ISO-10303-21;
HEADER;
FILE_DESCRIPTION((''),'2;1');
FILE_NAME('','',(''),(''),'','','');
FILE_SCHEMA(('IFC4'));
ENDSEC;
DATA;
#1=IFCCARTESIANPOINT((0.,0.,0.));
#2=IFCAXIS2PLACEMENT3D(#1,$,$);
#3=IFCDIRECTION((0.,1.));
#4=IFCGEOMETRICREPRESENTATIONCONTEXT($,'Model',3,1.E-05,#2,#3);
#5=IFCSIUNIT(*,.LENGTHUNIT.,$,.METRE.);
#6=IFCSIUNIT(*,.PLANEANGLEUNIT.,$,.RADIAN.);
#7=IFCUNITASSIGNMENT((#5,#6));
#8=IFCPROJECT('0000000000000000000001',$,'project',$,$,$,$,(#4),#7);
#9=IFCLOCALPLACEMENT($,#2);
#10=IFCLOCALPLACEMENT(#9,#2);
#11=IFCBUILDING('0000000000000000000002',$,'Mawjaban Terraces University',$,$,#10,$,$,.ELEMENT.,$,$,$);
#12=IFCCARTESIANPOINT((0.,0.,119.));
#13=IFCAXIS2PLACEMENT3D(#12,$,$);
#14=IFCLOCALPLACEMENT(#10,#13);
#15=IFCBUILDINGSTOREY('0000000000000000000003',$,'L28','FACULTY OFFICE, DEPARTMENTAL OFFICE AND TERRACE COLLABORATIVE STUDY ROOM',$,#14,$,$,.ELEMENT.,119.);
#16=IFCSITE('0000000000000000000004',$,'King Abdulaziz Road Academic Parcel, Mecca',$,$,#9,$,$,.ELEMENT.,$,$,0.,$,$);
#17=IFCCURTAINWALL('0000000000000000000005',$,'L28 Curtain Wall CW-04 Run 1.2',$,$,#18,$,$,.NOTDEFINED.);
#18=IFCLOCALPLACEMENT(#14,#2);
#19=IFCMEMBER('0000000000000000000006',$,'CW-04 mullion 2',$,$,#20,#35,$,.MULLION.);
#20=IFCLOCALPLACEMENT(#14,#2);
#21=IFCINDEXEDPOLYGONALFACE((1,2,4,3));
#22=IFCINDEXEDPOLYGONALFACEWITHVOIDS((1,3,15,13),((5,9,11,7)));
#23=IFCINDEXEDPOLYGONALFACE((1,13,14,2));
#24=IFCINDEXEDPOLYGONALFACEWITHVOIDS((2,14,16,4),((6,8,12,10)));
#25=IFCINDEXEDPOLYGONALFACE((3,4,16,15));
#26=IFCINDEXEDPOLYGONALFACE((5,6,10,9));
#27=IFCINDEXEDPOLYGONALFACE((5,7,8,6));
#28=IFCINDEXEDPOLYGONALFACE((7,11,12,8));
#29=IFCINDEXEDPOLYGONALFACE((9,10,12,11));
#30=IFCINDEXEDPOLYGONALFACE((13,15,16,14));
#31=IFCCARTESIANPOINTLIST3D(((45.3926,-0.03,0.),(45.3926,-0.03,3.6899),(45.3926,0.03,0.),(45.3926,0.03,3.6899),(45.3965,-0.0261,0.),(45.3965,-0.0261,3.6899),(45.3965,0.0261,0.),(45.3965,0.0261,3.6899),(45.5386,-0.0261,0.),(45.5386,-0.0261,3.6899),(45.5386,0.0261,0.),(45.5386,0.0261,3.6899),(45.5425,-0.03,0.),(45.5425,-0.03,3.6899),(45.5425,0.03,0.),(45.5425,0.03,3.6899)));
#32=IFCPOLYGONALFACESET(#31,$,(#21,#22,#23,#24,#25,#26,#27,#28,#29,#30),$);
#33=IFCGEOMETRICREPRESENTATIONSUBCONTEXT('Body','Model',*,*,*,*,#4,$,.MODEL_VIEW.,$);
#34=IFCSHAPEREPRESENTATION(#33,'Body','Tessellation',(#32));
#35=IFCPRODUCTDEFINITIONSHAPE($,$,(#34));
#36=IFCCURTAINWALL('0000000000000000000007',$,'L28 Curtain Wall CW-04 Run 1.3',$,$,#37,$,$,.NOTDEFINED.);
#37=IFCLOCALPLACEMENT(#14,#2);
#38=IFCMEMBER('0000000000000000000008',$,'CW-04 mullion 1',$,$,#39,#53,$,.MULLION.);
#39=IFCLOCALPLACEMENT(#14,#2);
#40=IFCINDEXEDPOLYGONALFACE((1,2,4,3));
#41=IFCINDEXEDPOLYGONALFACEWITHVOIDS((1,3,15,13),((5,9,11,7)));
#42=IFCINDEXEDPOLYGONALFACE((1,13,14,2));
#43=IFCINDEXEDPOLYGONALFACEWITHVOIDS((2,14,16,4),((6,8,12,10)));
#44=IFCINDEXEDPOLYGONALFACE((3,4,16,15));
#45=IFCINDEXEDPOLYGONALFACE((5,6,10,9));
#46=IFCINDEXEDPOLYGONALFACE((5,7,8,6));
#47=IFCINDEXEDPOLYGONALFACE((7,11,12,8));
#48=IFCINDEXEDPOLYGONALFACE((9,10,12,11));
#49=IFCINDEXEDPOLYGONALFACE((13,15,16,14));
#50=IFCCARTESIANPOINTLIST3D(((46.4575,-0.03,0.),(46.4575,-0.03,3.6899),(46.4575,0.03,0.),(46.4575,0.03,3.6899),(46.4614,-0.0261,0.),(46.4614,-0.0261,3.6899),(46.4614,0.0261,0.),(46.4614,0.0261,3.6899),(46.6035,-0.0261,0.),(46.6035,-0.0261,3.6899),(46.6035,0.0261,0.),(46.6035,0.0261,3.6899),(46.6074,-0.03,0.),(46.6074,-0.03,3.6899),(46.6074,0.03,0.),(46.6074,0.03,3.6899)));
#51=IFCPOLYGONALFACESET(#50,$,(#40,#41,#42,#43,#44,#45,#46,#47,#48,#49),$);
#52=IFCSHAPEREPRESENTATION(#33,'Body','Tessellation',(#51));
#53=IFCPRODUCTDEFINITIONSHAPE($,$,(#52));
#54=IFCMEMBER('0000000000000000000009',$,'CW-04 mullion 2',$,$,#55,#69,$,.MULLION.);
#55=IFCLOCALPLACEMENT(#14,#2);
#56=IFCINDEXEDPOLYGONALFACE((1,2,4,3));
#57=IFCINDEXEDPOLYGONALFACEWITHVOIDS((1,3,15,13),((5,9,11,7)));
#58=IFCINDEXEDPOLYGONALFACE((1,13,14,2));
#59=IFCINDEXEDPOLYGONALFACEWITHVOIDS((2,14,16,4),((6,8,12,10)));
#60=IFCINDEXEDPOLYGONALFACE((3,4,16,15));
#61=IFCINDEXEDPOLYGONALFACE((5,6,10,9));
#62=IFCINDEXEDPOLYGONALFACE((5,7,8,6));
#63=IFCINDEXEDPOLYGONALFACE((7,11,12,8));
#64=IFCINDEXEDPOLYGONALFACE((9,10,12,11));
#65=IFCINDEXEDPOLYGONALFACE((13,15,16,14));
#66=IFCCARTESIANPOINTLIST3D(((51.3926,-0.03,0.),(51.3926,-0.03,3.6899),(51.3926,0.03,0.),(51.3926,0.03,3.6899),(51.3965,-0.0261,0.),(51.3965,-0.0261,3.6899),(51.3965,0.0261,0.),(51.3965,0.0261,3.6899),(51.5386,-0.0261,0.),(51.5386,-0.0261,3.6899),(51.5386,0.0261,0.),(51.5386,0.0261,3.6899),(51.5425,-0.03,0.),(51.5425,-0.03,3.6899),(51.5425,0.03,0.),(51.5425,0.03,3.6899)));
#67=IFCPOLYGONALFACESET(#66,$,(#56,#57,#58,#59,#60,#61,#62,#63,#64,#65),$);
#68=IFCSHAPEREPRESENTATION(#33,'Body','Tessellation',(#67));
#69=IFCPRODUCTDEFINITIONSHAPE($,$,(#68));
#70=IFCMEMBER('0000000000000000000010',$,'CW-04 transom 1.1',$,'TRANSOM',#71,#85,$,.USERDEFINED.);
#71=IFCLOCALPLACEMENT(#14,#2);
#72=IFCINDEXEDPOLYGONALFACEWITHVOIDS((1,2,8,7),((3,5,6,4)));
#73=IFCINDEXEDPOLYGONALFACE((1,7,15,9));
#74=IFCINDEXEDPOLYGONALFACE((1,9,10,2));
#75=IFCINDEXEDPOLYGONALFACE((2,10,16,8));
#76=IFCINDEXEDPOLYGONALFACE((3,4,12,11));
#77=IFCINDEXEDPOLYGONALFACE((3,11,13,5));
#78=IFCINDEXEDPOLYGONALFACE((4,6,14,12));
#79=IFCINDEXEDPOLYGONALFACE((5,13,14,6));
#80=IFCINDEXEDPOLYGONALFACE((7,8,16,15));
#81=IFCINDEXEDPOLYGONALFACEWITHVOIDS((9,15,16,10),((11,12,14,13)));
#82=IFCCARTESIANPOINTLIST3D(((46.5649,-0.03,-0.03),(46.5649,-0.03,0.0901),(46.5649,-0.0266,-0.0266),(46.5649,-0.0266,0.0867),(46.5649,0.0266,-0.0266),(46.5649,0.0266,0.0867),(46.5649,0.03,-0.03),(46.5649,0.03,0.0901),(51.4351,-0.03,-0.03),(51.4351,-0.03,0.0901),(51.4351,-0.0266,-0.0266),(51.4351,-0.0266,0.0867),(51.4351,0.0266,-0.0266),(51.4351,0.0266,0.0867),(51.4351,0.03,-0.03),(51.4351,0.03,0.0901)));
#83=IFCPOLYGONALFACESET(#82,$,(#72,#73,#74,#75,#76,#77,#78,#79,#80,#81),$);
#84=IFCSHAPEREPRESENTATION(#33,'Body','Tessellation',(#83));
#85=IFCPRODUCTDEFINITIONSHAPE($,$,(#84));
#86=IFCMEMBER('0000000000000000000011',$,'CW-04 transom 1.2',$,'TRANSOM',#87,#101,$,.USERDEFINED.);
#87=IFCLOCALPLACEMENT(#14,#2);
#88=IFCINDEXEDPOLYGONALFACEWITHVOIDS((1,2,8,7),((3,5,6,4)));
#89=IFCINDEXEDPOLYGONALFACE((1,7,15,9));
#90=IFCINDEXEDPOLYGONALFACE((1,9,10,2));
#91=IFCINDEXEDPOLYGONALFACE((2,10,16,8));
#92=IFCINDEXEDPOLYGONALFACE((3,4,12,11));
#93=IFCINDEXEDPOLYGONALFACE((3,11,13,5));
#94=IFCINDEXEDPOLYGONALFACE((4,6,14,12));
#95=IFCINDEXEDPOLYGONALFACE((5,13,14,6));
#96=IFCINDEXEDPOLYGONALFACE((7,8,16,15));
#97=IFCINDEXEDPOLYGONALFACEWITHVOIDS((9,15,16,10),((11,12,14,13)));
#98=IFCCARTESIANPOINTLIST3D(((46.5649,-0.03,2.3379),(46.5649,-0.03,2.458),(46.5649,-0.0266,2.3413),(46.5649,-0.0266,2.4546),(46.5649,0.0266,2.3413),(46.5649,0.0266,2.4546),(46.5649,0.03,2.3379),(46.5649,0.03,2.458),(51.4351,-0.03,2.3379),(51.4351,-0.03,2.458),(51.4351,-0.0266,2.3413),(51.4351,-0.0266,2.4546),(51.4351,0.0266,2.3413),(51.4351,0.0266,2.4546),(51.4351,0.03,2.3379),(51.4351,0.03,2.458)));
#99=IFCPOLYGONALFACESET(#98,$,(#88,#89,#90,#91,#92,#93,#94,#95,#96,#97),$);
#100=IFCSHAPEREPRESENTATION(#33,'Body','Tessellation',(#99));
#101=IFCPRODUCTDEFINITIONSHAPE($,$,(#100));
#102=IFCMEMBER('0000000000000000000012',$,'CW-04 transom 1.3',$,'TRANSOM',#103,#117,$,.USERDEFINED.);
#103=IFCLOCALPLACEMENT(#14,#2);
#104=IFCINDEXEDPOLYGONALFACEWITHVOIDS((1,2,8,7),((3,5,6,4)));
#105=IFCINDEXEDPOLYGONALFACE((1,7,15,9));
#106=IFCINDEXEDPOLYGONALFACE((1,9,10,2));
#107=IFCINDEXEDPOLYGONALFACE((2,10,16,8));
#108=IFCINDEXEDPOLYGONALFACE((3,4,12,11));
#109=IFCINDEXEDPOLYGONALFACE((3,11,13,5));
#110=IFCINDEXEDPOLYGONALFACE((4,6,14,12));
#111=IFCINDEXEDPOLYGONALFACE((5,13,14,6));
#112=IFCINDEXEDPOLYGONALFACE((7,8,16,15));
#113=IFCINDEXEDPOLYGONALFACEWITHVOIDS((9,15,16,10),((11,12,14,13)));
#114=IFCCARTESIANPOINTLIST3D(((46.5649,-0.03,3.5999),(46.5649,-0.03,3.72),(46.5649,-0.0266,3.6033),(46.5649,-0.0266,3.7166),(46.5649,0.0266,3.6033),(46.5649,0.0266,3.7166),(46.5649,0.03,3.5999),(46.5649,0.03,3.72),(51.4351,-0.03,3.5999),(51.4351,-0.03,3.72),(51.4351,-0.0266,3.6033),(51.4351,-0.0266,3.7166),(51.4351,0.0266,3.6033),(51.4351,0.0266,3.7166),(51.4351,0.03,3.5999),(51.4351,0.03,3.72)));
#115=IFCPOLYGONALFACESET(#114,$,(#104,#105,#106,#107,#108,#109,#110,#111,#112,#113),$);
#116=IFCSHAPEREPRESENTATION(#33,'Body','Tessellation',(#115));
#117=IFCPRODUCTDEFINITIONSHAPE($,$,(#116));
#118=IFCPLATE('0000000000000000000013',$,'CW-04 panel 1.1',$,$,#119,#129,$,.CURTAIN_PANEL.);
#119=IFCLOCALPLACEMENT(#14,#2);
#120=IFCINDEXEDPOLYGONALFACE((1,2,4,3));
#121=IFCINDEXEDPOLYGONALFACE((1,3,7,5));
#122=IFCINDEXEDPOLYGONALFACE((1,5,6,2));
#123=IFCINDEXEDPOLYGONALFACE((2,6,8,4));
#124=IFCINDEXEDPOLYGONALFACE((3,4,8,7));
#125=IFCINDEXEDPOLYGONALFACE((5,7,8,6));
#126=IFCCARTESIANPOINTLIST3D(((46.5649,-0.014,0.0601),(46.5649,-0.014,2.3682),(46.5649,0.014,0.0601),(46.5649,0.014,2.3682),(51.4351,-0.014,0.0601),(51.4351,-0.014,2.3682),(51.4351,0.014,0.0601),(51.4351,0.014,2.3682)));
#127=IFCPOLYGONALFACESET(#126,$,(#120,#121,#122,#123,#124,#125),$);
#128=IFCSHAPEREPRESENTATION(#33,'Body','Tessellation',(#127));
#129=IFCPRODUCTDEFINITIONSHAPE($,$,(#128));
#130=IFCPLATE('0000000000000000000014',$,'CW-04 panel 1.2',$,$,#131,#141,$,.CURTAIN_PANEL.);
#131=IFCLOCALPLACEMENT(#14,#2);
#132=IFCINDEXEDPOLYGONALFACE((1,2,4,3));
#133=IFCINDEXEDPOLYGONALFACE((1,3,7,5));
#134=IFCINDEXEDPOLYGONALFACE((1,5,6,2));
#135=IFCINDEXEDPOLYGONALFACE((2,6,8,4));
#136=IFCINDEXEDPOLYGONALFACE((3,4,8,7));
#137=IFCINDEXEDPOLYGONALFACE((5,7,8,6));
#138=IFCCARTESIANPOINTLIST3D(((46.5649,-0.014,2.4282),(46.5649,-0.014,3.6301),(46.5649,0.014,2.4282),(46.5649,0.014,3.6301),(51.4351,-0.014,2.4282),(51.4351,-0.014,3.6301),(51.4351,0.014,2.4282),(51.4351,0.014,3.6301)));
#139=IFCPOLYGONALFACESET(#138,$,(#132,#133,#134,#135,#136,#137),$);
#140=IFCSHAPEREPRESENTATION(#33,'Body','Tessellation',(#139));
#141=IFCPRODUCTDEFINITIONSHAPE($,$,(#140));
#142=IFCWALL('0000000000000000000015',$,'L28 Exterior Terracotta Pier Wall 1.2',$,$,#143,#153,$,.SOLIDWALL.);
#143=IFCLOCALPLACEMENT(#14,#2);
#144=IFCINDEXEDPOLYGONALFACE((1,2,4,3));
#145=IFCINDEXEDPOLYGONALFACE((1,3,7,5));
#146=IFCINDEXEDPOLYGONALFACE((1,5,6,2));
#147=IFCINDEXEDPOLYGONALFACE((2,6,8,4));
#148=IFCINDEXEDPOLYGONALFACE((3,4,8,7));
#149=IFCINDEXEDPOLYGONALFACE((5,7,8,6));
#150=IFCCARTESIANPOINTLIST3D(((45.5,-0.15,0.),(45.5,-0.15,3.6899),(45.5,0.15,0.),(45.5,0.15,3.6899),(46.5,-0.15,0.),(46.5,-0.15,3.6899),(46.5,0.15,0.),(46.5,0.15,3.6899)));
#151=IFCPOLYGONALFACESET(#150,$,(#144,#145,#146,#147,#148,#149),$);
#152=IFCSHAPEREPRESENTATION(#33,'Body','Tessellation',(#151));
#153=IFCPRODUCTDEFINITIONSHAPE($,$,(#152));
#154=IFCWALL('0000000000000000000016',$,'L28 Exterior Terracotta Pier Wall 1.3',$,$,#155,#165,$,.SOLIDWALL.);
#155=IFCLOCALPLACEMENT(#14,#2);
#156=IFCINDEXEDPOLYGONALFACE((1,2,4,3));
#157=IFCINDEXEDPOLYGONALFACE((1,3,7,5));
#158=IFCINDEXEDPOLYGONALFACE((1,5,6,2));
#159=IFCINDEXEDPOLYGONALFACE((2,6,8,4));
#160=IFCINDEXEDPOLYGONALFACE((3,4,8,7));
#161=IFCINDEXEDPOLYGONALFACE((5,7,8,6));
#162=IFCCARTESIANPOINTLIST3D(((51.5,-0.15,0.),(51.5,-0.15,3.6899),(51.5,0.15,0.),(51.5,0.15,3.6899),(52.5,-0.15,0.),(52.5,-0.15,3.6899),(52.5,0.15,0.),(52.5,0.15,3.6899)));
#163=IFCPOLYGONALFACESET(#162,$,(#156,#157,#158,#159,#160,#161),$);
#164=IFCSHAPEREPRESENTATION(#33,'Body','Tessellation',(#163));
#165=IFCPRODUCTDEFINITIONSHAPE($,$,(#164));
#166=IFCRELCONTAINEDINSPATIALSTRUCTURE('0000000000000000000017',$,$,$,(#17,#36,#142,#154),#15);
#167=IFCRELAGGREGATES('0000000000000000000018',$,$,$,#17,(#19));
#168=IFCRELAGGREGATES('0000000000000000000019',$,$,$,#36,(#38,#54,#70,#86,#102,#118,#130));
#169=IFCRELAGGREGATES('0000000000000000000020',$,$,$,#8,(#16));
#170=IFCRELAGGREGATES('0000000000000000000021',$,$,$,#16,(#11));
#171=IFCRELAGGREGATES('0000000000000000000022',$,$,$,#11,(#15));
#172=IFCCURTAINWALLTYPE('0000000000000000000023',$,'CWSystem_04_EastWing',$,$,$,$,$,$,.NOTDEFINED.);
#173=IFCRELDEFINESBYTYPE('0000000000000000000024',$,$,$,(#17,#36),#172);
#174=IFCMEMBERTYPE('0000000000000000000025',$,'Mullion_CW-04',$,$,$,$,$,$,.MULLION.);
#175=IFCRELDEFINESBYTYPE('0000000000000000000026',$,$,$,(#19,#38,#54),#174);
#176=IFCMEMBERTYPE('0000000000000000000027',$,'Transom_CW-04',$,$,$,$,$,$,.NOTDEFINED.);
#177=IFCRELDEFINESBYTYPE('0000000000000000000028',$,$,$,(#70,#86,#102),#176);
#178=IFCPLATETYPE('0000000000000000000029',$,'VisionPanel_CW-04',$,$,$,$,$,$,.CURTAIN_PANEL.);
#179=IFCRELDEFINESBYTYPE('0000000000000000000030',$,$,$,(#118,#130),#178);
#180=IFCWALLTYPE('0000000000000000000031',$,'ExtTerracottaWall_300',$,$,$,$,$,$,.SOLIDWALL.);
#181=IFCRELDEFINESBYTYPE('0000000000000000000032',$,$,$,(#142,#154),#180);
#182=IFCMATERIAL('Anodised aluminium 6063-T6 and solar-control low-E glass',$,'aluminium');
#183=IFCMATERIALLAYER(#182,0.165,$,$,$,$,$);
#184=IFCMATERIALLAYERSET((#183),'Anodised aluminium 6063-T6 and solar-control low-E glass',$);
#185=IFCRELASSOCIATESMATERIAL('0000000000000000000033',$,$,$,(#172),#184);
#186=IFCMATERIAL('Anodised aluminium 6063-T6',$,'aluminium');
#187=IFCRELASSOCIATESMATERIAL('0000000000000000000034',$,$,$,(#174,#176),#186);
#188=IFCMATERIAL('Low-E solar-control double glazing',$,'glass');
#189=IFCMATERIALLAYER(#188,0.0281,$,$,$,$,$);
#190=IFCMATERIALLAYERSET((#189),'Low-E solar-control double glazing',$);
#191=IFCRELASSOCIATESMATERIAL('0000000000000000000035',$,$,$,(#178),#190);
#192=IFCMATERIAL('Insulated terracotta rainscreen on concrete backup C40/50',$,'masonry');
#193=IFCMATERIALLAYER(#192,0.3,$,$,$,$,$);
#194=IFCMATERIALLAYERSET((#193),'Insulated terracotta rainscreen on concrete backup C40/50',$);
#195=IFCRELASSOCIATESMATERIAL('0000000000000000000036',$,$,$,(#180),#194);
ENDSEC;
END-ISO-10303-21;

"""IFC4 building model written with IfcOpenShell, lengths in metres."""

from ifc_helpers import new_model, si_unit, direction, frame, frame_2d, origin, origin_2d, place, context, subcontext, project, spatial, rectangle, hollow_rectangle, extrude, material, layer, layer_set, material_profile, profile_set, type_object, element, aggregate, save


model = new_model("IFC4")

# Units and contexts
model_context = context("Model", 3, precision=1e-05, world=origin(), true_north=direction((0.0, 1.0)))
body_context = subcontext(model_context, "Body", "Model", "MODEL_VIEW")
ifc_project = project(units=[si_unit("LENGTHUNIT", "METRE"), si_unit("PLANEANGLEUNIT", "RADIAN")], contexts=[model_context])

# Site, building, storey
site_placement = place(None, origin())
site = spatial("IfcSite", under=ifc_project, at=site_placement, Name="King Abdulaziz Road Academic Parcel, Mecca", CompositionType="ELEMENT", RefElevation=0.0)
building_placement = place(site_placement, origin())
building = spatial("IfcBuilding", under=site, at=building_placement, Name="Mawjaban Terraces University", CompositionType="ELEMENT")
storey_placement = place(building_placement, frame((0.0, 0.0, 119.0)))
storey = spatial("IfcBuildingStorey", under=building, at=storey_placement, Name="L28", Description="FACULTY OFFICE, DEPARTMENTAL OFFICE AND TERRACE COLLABORATIVE STUDY ROOM", CompositionType="ELEMENT", Elevation=119.0)

# Curtain wall, member
ifc_material_1 = material(Name="Anodised aluminium 6063-T6 and solar-control low-E glass", Category="aluminium")
ifc_layer_1 = layer(ifc_material_1, 0.165)
ifc_layer_set_1 = layer_set([ifc_layer_1], Name="Anodised aluminium 6063-T6 and solar-control low-E glass")
curtain_wall_type = type_object("IfcCurtainWallType", Name="CWSystem_04_EastWing", PredefinedType="NOTDEFINED", material=ifc_layer_set_1)
curtain_wall_1_placement = place(storey_placement, origin())
curtain_wall_1 = element("IfcCurtainWall", 1, at=curtain_wall_1_placement, inside=storey, type_object=curtain_wall_type, Name="L28 Curtain Wall CW-04 Run 1.2", PredefinedType="NOTDEFINED")
ifc_material_2 = material(Name="Anodised aluminium 6063-T6", Category="aluminium")
ifc_material_profile_1 = material_profile(ifc_material_2, hollow_rectangle(XDim=0.0601, YDim=0.1499, WallThickness=0.0039, at=origin_2d()), Name="ALU150X60X4")
ifc_profile_set_1 = profile_set([ifc_material_profile_1], Name="Anodised aluminium 6063-T6")
member_type_1 = type_object("IfcMemberType", Name="Mullion_CW-04", PredefinedType="MULLION", material=ifc_profile_set_1)
member_1_placement = place(storey_placement, frame((45.4675, 0.0, 0.0), z_axis=(0.0, 0.0, 1.0), x_axis=(0.0, 1.0, 0.0)))
member_1 = element("IfcMember", 2, at=member_1_placement, type_object=member_type_1, Name="CW-04 mullion 2", PredefinedType="MULLION", context=body_context, shape_type="SweptSolid", body=[
    extrude(hollow_rectangle(XDim=0.0601, YDim=0.1499, WallThickness=0.0039, at=origin_2d()), origin(), (0.0, 0.0, 1.0), 3.6899),
])
aggregate(curtain_wall_1, [member_1])

# Curtain wall, members, plates
curtain_wall_2_placement = place(storey_placement, origin())
curtain_wall_2 = element("IfcCurtainWall", 3, at=curtain_wall_2_placement, inside=storey, type_object=curtain_wall_type, Name="L28 Curtain Wall CW-04 Run 1.3", PredefinedType="NOTDEFINED")
member_2_placement = place(storey_placement, frame((46.5325, 0.0, 0.0), z_axis=(0.0, 0.0, 1.0), x_axis=(0.0, 1.0, 0.0)))
member_2 = element("IfcMember", 4, at=member_2_placement, type_object=member_type_1, Name="CW-04 mullion 1", PredefinedType="MULLION", context=body_context, shape_type="SweptSolid", body=[
    extrude(hollow_rectangle(XDim=0.0601, YDim=0.1499, WallThickness=0.0039, at=origin_2d()), origin(), (0.0, 0.0, 1.0), 3.6899),
])
member_3_placement = place(storey_placement, frame((51.4675, 0.0, 0.0), z_axis=(0.0, 0.0, 1.0), x_axis=(0.0, 1.0, 0.0)))
member_3 = element("IfcMember", 5, at=member_3_placement, type_object=member_type_1, Name="CW-04 mullion 2", PredefinedType="MULLION", context=body_context, shape_type="SweptSolid", body=[
    extrude(hollow_rectangle(XDim=0.0601, YDim=0.1499, WallThickness=0.0039, at=origin_2d()), origin(), (0.0, 0.0, 1.0), 3.6899),
])
ifc_material_profile_2 = material_profile(ifc_material_2, hollow_rectangle(XDim=0.0601, YDim=0.1201, WallThickness=0.0034, at=origin_2d()), Name="ALU120X60X3.5")
ifc_profile_set_2 = profile_set([ifc_material_profile_2], Name="Anodised aluminium 6063-T6")
member_type_2 = type_object("IfcMemberType", Name="Transom_CW-04", PredefinedType="NOTDEFINED", material=ifc_profile_set_2)
member_4_placement = place(storey_placement, frame((46.5649, 0.0, 0.03), z_axis=(1.0, 0.0, 0.0), x_axis=(0.0, 1.0, 0.0)))
member_4 = element("IfcMember", 6, at=member_4_placement, type_object=member_type_2, Name="CW-04 transom 1.1", ObjectType="TRANSOM", PredefinedType="USERDEFINED", context=body_context, shape_type="SweptSolid", body=[
    extrude(hollow_rectangle(XDim=0.0601, YDim=0.1201, WallThickness=0.0034, at=origin_2d()), origin(), (0.0, 0.0, 1.0), 4.8701),
])
member_5_placement = place(storey_placement, frame((46.5649, 0.0, 2.3979), z_axis=(1.0, 0.0, 0.0), x_axis=(0.0, 1.0, 0.0)))
member_5 = element("IfcMember", 7, at=member_5_placement, type_object=member_type_2, Name="CW-04 transom 1.2", ObjectType="TRANSOM", PredefinedType="USERDEFINED", context=body_context, shape_type="SweptSolid", body=[
    extrude(hollow_rectangle(XDim=0.0601, YDim=0.1201, WallThickness=0.0034, at=origin_2d()), origin(), (0.0, 0.0, 1.0), 4.8701),
])
member_6_placement = place(storey_placement, frame((46.5649, 0.0, 3.6599), z_axis=(1.0, 0.0, 0.0), x_axis=(0.0, 1.0, 0.0)))
member_6 = element("IfcMember", 8, at=member_6_placement, type_object=member_type_2, Name="CW-04 transom 1.3", ObjectType="TRANSOM", PredefinedType="USERDEFINED", context=body_context, shape_type="SweptSolid", body=[
    extrude(hollow_rectangle(XDim=0.0601, YDim=0.1201, WallThickness=0.0034, at=origin_2d()), origin(), (0.0, 0.0, 1.0), 4.8701),
])
ifc_material_3 = material(Name="Low-E solar-control double glazing", Category="glass")
ifc_layer_2 = layer(ifc_material_3, 0.0281)
ifc_layer_set_2 = layer_set([ifc_layer_2], Name="Low-E solar-control double glazing")
plate_type = type_object("IfcPlateType", Name="VisionPanel_CW-04", PredefinedType="CURTAIN_PANEL", material=ifc_layer_set_2)
plate_1_placement = place(storey_placement, frame((49.0, 0.0, 0.0601), z_axis=(0.0, 0.0, 1.0), x_axis=(1.0, 0.0, 0.0)))
plate_1 = element("IfcPlate", 9, at=plate_1_placement, type_object=plate_type, Name="CW-04 panel 1.1", PredefinedType="CURTAIN_PANEL", context=body_context, shape_type="SweptSolid", body=[
    extrude(rectangle(XDim=4.8701, YDim=0.0281, at=origin_2d()), origin(), (0.0, 0.0, 1.0), 2.3081),
])
plate_2_placement = place(storey_placement, frame((49.0, 0.0, 2.4282), z_axis=(0.0, 0.0, 1.0), x_axis=(1.0, 0.0, 0.0)))
plate_2 = element("IfcPlate", 10, at=plate_2_placement, type_object=plate_type, Name="CW-04 panel 1.2", PredefinedType="CURTAIN_PANEL", context=body_context, shape_type="SweptSolid", body=[
    extrude(rectangle(XDim=4.8701, YDim=0.0281, at=origin_2d()), origin(), (0.0, 0.0, 1.0), 1.2019),
])
aggregate(curtain_wall_2, [member_2, member_3, member_4, member_5, member_6, plate_1, plate_2])

# Walls
ifc_material_4 = material(Name="Insulated terracotta rainscreen on concrete backup C40/50", Category="masonry")
ifc_layer_3 = layer(ifc_material_4, 0.3)
ifc_layer_set_3 = layer_set([ifc_layer_3], Name="Insulated terracotta rainscreen on concrete backup C40/50")
wall_type = type_object("IfcWallType", Name="ExtTerracottaWall_300", PredefinedType="SOLIDWALL", material=ifc_layer_set_3)
for number, where, z_axis, x_axis, name in (
    (11, (45.5, 0.0, 0.0), (0.0, 0.0, 1.0), (1.0, 0.0, 0.0), "L28 Exterior Terracotta Pier Wall 1.2"),
    (12, (51.5, 0.0, 0.0), (0.0, 0.0, 1.0), (1.0, 0.0, 0.0), "L28 Exterior Terracotta Pier Wall 1.3"),
):
    element("IfcWall", number, at=place(storey_placement, frame(where, z_axis=z_axis, x_axis=x_axis)), inside=storey, type_object=wall_type, Name=name, PredefinedType="SOLIDWALL", context=body_context, shape_type="SweptSolid", body=[
        extrude(rectangle(XDim=1.0, YDim=0.3, at=frame_2d((0.5, 0.0))), origin(), (0.0, 0.0, 1.0), 3.6899),
    ])

save(model, "model.ifc")
